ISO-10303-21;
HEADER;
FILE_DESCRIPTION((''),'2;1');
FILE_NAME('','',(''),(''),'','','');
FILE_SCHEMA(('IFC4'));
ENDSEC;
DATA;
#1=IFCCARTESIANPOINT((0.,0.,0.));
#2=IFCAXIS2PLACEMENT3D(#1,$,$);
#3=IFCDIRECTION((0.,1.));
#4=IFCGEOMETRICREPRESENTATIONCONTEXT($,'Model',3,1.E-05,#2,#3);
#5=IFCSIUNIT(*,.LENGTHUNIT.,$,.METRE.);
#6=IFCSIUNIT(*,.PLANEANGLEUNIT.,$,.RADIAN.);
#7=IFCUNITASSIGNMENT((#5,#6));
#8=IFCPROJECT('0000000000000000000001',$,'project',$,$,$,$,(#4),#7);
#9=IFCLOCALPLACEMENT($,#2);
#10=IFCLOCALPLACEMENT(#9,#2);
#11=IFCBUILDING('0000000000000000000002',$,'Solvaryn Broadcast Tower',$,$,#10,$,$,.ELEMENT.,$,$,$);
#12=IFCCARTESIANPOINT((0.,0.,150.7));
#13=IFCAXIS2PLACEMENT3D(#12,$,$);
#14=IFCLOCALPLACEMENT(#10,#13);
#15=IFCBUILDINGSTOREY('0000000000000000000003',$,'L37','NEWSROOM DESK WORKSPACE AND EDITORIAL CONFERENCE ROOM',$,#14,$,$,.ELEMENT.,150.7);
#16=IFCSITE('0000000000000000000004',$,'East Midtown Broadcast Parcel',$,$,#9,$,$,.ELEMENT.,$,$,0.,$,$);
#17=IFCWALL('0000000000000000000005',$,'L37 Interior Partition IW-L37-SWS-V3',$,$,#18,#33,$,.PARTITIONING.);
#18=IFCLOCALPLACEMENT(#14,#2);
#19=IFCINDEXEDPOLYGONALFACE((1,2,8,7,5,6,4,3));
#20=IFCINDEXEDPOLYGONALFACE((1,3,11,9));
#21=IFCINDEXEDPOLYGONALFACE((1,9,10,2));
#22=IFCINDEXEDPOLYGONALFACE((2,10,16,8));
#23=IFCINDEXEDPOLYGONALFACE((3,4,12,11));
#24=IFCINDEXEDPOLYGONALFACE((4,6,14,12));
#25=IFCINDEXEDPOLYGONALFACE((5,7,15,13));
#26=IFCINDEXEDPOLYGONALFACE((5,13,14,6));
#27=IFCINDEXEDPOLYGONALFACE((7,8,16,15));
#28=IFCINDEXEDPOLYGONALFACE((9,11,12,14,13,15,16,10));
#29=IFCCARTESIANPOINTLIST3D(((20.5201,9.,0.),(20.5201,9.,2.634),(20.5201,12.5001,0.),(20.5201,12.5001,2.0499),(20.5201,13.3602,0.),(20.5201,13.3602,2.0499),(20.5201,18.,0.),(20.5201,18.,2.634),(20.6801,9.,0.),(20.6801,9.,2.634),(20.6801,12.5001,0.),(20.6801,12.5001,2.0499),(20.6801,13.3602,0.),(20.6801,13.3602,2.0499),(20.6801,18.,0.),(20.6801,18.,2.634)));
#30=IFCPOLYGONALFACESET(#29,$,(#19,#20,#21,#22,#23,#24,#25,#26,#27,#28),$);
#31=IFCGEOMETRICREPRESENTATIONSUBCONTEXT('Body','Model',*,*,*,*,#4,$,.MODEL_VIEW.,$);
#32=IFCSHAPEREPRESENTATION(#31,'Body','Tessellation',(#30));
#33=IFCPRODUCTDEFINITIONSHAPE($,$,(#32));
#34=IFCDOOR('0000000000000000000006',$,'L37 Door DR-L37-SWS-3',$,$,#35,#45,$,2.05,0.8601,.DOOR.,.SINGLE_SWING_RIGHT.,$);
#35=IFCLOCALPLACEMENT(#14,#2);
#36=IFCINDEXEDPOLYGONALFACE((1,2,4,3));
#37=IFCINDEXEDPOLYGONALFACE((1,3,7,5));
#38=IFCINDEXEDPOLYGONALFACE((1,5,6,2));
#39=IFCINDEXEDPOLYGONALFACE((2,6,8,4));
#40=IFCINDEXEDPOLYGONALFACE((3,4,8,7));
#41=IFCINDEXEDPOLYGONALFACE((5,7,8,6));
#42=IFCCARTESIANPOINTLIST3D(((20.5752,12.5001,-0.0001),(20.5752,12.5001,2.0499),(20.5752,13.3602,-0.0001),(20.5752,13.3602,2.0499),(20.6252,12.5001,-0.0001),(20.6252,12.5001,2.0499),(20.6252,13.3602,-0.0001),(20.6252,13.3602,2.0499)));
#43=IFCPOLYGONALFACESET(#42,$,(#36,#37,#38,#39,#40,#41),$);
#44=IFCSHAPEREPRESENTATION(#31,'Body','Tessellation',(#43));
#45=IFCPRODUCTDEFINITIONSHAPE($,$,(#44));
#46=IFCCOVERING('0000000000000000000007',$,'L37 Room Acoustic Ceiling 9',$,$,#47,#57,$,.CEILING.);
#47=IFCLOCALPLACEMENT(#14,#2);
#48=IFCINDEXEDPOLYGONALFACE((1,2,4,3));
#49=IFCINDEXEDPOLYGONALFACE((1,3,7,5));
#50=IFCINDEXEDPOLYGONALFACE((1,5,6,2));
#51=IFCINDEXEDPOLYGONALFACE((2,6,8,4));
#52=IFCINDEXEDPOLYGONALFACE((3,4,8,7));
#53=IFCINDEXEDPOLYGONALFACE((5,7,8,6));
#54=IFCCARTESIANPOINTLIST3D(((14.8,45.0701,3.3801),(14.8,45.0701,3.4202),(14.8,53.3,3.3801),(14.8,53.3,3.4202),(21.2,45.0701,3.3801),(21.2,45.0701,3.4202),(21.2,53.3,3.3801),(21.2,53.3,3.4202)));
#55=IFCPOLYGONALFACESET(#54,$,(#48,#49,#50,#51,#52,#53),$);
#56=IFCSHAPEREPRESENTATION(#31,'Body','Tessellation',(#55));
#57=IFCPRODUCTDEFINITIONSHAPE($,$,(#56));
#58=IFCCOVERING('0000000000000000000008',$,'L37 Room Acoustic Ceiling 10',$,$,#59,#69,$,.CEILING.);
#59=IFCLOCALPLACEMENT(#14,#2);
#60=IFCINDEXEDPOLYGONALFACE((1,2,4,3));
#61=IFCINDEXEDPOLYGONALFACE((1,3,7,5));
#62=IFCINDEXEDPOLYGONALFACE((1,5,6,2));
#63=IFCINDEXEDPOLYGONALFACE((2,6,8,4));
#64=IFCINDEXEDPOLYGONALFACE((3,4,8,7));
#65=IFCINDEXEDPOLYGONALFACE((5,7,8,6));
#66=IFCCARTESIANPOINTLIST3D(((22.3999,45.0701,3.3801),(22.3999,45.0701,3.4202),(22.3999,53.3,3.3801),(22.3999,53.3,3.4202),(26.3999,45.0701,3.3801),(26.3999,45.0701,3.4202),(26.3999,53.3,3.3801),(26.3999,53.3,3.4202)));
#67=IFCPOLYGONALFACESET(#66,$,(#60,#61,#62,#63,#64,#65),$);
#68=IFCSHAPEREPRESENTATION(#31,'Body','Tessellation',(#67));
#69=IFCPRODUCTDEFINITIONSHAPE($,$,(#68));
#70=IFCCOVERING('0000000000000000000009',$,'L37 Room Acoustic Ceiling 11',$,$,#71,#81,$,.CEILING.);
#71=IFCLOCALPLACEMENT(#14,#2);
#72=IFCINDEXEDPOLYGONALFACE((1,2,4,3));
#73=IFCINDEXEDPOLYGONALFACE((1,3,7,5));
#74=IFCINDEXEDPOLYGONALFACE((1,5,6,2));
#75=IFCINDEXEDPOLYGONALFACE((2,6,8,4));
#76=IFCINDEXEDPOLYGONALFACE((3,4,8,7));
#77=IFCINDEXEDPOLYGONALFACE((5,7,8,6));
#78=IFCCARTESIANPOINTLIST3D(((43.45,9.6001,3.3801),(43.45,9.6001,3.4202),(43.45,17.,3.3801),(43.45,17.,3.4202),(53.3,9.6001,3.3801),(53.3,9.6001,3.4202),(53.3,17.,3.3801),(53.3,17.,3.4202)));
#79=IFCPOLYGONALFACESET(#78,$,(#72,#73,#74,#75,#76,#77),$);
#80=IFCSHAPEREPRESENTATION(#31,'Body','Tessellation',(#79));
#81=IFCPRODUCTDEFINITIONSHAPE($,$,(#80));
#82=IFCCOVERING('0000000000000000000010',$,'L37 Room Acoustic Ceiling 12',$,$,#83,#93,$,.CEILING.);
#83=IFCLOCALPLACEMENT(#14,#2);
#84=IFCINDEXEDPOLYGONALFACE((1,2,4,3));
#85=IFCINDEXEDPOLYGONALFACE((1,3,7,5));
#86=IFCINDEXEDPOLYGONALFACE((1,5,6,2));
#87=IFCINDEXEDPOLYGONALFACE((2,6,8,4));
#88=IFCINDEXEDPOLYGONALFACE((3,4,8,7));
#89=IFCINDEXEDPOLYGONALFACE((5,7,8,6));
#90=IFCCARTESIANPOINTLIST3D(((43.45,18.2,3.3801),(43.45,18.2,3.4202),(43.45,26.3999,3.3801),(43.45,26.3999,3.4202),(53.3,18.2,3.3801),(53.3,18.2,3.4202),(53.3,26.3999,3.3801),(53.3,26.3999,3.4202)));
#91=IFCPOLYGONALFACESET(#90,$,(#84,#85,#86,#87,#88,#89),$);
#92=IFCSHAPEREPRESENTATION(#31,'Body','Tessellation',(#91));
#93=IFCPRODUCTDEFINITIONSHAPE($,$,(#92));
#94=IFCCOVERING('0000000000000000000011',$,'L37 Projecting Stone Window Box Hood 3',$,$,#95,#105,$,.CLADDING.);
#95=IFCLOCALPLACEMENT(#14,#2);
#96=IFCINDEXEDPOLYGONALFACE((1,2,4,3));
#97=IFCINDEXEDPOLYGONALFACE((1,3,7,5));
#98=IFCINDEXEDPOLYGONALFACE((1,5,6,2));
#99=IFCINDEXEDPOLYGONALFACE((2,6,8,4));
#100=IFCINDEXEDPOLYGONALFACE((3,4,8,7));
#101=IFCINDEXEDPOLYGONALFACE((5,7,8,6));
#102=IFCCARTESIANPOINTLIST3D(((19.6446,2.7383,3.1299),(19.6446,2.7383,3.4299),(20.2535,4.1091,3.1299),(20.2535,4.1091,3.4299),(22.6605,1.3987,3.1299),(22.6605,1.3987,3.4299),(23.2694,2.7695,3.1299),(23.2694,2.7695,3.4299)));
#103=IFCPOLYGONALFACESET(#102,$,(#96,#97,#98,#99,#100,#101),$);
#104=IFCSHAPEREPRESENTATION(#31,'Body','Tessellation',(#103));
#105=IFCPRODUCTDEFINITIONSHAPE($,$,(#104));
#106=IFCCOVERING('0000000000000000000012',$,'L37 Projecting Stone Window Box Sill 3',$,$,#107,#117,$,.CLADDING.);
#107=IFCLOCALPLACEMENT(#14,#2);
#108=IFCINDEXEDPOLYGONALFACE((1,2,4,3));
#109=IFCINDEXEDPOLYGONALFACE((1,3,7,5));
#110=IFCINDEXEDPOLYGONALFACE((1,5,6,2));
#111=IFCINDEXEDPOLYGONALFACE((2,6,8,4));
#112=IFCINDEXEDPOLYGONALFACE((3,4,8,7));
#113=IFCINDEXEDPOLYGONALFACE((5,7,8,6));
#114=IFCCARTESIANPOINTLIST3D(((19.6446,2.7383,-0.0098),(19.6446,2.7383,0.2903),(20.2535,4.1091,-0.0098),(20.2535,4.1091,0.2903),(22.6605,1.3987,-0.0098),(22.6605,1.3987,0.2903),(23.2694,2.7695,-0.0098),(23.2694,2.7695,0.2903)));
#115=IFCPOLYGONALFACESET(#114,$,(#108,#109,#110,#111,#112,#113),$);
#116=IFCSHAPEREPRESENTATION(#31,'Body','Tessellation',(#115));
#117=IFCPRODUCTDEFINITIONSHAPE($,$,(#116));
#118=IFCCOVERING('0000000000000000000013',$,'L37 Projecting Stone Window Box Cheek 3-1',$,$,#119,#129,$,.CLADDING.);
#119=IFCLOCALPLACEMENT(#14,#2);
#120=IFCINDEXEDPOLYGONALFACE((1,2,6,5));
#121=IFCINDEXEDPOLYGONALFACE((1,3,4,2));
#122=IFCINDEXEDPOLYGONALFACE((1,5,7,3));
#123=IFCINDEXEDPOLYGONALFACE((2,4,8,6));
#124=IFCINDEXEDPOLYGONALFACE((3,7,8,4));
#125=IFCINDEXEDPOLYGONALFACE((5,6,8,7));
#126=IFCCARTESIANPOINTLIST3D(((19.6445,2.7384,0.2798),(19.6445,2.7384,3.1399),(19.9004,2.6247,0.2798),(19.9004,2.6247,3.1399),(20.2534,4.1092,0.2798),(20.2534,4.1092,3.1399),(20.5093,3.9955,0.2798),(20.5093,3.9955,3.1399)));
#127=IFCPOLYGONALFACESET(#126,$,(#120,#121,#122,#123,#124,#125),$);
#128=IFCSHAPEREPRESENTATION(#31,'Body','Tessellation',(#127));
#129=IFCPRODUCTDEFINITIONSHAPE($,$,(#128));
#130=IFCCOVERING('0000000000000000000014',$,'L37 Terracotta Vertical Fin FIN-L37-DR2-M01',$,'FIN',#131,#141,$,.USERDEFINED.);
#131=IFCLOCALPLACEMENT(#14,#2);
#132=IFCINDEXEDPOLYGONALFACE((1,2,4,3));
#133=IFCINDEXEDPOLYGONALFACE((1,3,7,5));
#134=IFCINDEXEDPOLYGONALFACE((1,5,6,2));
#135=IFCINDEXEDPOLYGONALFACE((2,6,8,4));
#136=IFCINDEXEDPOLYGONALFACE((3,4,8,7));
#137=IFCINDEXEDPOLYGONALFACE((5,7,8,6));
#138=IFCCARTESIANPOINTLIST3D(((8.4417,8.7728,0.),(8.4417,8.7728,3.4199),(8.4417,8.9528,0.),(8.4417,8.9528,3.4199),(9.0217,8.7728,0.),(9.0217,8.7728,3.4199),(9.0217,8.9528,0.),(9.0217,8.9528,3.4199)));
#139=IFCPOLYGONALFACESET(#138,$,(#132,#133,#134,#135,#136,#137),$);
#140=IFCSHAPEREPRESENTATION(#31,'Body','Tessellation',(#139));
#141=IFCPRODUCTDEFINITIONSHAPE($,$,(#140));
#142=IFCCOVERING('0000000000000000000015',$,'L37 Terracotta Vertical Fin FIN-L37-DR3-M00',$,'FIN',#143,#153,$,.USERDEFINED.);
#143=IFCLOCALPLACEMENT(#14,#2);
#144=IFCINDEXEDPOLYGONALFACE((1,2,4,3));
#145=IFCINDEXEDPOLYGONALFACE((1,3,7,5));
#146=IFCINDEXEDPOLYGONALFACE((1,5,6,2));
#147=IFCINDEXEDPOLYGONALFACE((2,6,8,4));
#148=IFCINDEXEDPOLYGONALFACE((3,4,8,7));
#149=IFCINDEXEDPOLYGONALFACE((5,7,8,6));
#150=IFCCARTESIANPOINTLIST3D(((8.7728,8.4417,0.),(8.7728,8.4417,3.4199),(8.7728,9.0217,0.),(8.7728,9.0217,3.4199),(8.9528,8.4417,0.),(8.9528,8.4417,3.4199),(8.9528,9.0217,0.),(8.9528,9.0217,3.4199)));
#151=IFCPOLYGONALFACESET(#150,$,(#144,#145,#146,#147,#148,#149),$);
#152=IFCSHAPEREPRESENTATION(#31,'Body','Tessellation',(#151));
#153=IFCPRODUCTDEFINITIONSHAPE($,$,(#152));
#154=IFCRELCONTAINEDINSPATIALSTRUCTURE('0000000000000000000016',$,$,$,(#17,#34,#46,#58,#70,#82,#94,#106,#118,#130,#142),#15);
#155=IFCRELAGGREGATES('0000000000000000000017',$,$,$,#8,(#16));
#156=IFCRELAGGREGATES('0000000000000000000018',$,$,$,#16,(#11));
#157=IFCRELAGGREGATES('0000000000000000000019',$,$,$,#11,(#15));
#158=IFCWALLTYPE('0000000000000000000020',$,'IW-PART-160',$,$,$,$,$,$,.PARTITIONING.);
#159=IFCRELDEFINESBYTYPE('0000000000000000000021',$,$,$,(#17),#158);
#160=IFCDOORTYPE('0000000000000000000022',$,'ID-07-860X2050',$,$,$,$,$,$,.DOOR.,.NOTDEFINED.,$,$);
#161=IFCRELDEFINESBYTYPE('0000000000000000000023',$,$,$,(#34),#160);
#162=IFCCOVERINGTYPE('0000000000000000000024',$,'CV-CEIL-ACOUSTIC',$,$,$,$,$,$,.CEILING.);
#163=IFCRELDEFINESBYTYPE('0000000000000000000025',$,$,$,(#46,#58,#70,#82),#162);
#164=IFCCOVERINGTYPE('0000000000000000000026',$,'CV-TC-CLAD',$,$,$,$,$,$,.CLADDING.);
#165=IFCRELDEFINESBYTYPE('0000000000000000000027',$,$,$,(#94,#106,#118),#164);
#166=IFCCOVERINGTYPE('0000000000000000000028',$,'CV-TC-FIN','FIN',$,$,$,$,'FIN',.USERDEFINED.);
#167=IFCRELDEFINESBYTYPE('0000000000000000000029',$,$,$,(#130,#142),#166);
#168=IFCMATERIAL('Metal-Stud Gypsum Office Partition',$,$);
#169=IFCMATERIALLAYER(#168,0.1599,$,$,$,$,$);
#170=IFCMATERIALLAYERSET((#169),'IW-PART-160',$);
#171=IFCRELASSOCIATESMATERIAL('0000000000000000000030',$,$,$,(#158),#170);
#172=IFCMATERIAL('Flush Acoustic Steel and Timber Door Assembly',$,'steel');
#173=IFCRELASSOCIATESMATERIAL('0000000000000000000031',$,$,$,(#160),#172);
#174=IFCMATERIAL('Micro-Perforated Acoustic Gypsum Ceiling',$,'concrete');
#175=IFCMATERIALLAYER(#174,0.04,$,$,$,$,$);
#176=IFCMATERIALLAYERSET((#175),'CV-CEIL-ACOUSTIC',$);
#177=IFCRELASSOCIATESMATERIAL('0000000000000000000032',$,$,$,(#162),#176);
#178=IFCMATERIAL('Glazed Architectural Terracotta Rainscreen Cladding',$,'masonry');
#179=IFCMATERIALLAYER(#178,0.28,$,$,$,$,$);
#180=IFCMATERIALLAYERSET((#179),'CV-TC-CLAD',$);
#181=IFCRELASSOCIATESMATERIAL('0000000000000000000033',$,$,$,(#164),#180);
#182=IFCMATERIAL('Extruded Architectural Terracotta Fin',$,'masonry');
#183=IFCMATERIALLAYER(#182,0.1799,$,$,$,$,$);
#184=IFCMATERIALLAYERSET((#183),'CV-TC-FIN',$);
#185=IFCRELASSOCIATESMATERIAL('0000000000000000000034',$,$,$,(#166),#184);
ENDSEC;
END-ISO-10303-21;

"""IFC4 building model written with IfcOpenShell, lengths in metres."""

from ifc_helpers import new_model, si_unit, direction, frame, frame_2d, origin, origin_2d, place, context, subcontext, project, spatial, polyline, rectangle, outline, extrude, material, layer, layer_set, type_object, element, fill, save


model = new_model("IFC4")

# Units and contexts
model_context = context("Model", 3, precision=1e-05, world=origin(), true_north=direction((0.0, 1.0)))
body_context = subcontext(model_context, "Body", "Model", "MODEL_VIEW")
ifc_project = project(units=[si_unit("LENGTHUNIT", "METRE"), si_unit("PLANEANGLEUNIT", "RADIAN")], contexts=[model_context])

# Site, building, storey
site_placement = place(None, origin())
site = spatial("IfcSite", under=ifc_project, at=site_placement, Name="East Midtown Broadcast Parcel", CompositionType="ELEMENT", RefElevation=0.0)
building_placement = place(site_placement, origin())
building = spatial("IfcBuilding", under=site, at=building_placement, Name="Solvaryn Broadcast Tower", CompositionType="ELEMENT")
storey_placement = place(building_placement, frame((0.0, 0.0, 150.7)))
storey = spatial("IfcBuildingStorey", under=building, at=storey_placement, Name="L37", Description="NEWSROOM DESK WORKSPACE AND EDITORIAL CONFERENCE ROOM", CompositionType="ELEMENT", Elevation=150.7)

# Wall, opening, door
ifc_material_1 = material(Name="Metal-Stud Gypsum Office Partition")
ifc_layer_1 = layer(ifc_material_1, 0.1599)
ifc_layer_set_1 = layer_set([ifc_layer_1], Name="IW-PART-160")
wall_type = type_object("IfcWallType", Name="IW-PART-160", PredefinedType="PARTITIONING", material=ifc_layer_set_1)
wall_1_placement = place(storey_placement, frame((20.6001, 9.0, 0.0), z_axis=(0.0, 0.0, 1.0), x_axis=(0.0, 1.0, 0.0)))
wall_1 = element("IfcWall", 1, at=wall_1_placement, inside=storey, type_object=wall_type, Name="L37 Interior Partition IW-L37-SWS-V3", PredefinedType="PARTITIONING", context=body_context, shape_type="SweptSolid", body=[
    extrude(rectangle(XDim=9.0, YDim=0.1599, at=frame_2d((4.5, 0.0))), origin(), (0.0, 0.0, 1.0), 2.634),
])
opening_1_placement = place(wall_1_placement, frame((3.5, 0.0, 0.0)))
opening_1 = element("IfcOpeningElement", 2, at=opening_1_placement, cuts=wall_1, PredefinedType="OPENING", context=body_context, shape_type="SweptSolid", body=[
    extrude(rectangle(XDim=0.8601, YDim=2.05, at=frame_2d((0.4302, 1.0249))), frame((0.0, 0.0901, 0.0), z_axis=(0.0, -1.0, 0.0), x_axis=(1.0, 0.0, 0.0)), (0.0, 0.0, 1.0), 0.1799),
])
ifc_material_2 = material(Name="Flush Acoustic Steel and Timber Door Assembly", Category="steel")
door_type_1 = type_object("IfcDoorType", Name="ID-07-860X2050", OperationType="NOTDEFINED", PredefinedType="DOOR", material=ifc_material_2)
door_1_placement = place(opening_1_placement, origin())
door_1 = element("IfcDoor", 3, at=door_1_placement, inside=storey, type_object=door_type_1, Name="L37 Door DR-L37-SWS-3", OperationType="SINGLE_SWING_RIGHT", OverallHeight=2.05, OverallWidth=0.8601, PredefinedType="DOOR", context=body_context, shape_type="SweptSolid", body=[
    extrude(rectangle(XDim=0.8601, YDim=2.05, at=frame_2d((0.4302, 1.0249))), frame((0.0, 0.0249, 0.0), z_axis=(0.0, -1.0, 0.0), x_axis=(1.0, 0.0, 0.0)), (0.0, 0.0, 1.0), 0.05),
])
fill(opening_1, door_1)

# Coverings
ifc_material_3 = material(Name="Micro-Perforated Acoustic Gypsum Ceiling", Category="concrete")
ifc_layer_2 = layer(ifc_material_3, 0.04)
ifc_layer_set_2 = layer_set([ifc_layer_2], Name="CV-CEIL-ACOUSTIC")
covering_type_1 = type_object("IfcCoveringType", Name="CV-CEIL-ACOUSTIC", PredefinedType="CEILING", material=ifc_layer_set_2)
covering_1_placement = place(storey_placement, frame((0.0, 0.0, 3.3801)))
element("IfcCovering", 4, at=covering_1_placement, inside=storey, type_object=covering_type_1, Name="L37 Room Acoustic Ceiling 9", PredefinedType="CEILING", context=body_context, shape_type="SweptSolid", body=[
    extrude(outline(polyline([(14.8, 45.0701), (21.2, 45.0701), (21.2, 53.3), (14.8, 53.3), (14.8, 45.0701)])), origin(), (0.0, 0.0, 1.0), 0.04),
])
covering_2_placement = place(storey_placement, frame((0.0, 0.0, 3.3801)))
element("IfcCovering", 5, at=covering_2_placement, inside=storey, type_object=covering_type_1, Name="L37 Room Acoustic Ceiling 10", PredefinedType="CEILING", context=body_context, shape_type="SweptSolid", body=[
    extrude(outline(polyline([(22.3999, 45.0701), (26.3999, 45.0701), (26.3999, 53.3), (22.3999, 53.3), (22.3999, 45.0701)])), origin(), (0.0, 0.0, 1.0), 0.04),
])
covering_3_placement = place(storey_placement, frame((0.0, 0.0, 3.3801)))
element("IfcCovering", 6, at=covering_3_placement, inside=storey, type_object=covering_type_1, Name="L37 Room Acoustic Ceiling 11", PredefinedType="CEILING", context=body_context, shape_type="SweptSolid", body=[
    extrude(outline(polyline([(43.45, 9.6001), (53.3, 9.6001), (53.3, 17.0), (43.45, 17.0), (43.45, 9.6001)])), origin(), (0.0, 0.0, 1.0), 0.04),
])
covering_4_placement = place(storey_placement, frame((0.0, 0.0, 3.3801)))
element("IfcCovering", 7, at=covering_4_placement, inside=storey, type_object=covering_type_1, Name="L37 Room Acoustic Ceiling 12", PredefinedType="CEILING", context=body_context, shape_type="SweptSolid", body=[
    extrude(outline(polyline([(43.45, 18.2), (53.3, 18.2), (53.3, 26.3999), (43.45, 26.3999), (43.45, 18.2)])), origin(), (0.0, 0.0, 1.0), 0.04),
])
ifc_material_4 = material(Name="Glazed Architectural Terracotta Rainscreen Cladding", Category="masonry")
ifc_layer_3 = layer(ifc_material_4, 0.28)
ifc_layer_set_3 = layer_set([ifc_layer_3], Name="CV-TC-CLAD")
covering_type_2 = type_object("IfcCoveringType", Name="CV-TC-CLAD", PredefinedType="CLADDING", material=ifc_layer_set_3)
for number, where, z_axis, x_axis, name in (
    (8, (21.457, 2.7539, 3.1299), (0.0, 0.0, 1.0), (0.9139, -0.405939, 0.0), "L37 Projecting Stone Window Box Hood 3"),
    (9, (21.457, 2.7539, -0.0098), (0.0, 0.0, 1.0), (0.9139, -0.405939, 0.0), "L37 Projecting Stone Window Box Sill 3"),
):
    element("IfcCovering", number, at=place(storey_placement, frame(where, z_axis=z_axis, x_axis=x_axis)), inside=storey, type_object=covering_type_2, Name=name, PredefinedType="CLADDING", context=body_context, shape_type="SweptSolid", body=[
        extrude(rectangle(XDim=3.3, YDim=1.5, at=origin_2d()), origin(), (0.0, 0.0, 1.0), 0.3),
    ])
covering_5_placement = place(storey_placement, frame((20.0769, 3.3669, 0.2798), z_axis=(0.0, 0.0, 1.0), x_axis=(0.9139, -0.405939, 0.0)))
element("IfcCovering", 10, at=covering_5_placement, inside=storey, type_object=covering_type_2, Name="L37 Projecting Stone Window Box Cheek 3-1", PredefinedType="CLADDING", context=body_context, shape_type="SweptSolid", body=[
    extrude(rectangle(XDim=0.28, YDim=1.5, at=origin_2d()), origin(), (0.0, 0.0, 1.0), 2.8601),
])
ifc_material_5 = material(Name="Extruded Architectural Terracotta Fin", Category="masonry")
ifc_layer_4 = layer(ifc_material_5, 0.1799)
ifc_layer_set_4 = layer_set([ifc_layer_4], Name="CV-TC-FIN")
covering_type_3 = type_object("IfcCoveringType", Name="CV-TC-FIN", Description="FIN", ElementType="FIN", PredefinedType="USERDEFINED", material=ifc_layer_set_4)
covering_6_placement = place(storey_placement, frame((8.7317, 8.8628, 0.0), z_axis=(0.0, 0.0, 1.0), x_axis=(1.0, 0.0, 0.0)))
element("IfcCovering", 11, at=covering_6_placement, inside=storey, type_object=covering_type_3, Name="L37 Terracotta Vertical Fin FIN-L37-DR2-M01", ObjectType="FIN", PredefinedType="USERDEFINED", context=body_context, shape_type="SweptSolid", body=[
    extrude(rectangle(XDim=0.5801, YDim=0.1799, at=origin_2d()), origin(), (0.0, 0.0, 1.0), 3.4199),
])
covering_7_placement = place(storey_placement, frame((8.8628, 8.7317, 0.0), z_axis=(0.0, 0.0, 1.0), x_axis=(1.0, 0.0, 0.0)))
element("IfcCovering", 12, at=covering_7_placement, inside=storey, type_object=covering_type_3, Name="L37 Terracotta Vertical Fin FIN-L37-DR3-M00", ObjectType="FIN", PredefinedType="USERDEFINED", context=body_context, shape_type="SweptSolid", body=[
    extrude(rectangle(XDim=0.1799, YDim=0.5801, at=origin_2d()), origin(), (0.0, 0.0, 1.0), 3.4199),
])

save(model, "model.ifc")
